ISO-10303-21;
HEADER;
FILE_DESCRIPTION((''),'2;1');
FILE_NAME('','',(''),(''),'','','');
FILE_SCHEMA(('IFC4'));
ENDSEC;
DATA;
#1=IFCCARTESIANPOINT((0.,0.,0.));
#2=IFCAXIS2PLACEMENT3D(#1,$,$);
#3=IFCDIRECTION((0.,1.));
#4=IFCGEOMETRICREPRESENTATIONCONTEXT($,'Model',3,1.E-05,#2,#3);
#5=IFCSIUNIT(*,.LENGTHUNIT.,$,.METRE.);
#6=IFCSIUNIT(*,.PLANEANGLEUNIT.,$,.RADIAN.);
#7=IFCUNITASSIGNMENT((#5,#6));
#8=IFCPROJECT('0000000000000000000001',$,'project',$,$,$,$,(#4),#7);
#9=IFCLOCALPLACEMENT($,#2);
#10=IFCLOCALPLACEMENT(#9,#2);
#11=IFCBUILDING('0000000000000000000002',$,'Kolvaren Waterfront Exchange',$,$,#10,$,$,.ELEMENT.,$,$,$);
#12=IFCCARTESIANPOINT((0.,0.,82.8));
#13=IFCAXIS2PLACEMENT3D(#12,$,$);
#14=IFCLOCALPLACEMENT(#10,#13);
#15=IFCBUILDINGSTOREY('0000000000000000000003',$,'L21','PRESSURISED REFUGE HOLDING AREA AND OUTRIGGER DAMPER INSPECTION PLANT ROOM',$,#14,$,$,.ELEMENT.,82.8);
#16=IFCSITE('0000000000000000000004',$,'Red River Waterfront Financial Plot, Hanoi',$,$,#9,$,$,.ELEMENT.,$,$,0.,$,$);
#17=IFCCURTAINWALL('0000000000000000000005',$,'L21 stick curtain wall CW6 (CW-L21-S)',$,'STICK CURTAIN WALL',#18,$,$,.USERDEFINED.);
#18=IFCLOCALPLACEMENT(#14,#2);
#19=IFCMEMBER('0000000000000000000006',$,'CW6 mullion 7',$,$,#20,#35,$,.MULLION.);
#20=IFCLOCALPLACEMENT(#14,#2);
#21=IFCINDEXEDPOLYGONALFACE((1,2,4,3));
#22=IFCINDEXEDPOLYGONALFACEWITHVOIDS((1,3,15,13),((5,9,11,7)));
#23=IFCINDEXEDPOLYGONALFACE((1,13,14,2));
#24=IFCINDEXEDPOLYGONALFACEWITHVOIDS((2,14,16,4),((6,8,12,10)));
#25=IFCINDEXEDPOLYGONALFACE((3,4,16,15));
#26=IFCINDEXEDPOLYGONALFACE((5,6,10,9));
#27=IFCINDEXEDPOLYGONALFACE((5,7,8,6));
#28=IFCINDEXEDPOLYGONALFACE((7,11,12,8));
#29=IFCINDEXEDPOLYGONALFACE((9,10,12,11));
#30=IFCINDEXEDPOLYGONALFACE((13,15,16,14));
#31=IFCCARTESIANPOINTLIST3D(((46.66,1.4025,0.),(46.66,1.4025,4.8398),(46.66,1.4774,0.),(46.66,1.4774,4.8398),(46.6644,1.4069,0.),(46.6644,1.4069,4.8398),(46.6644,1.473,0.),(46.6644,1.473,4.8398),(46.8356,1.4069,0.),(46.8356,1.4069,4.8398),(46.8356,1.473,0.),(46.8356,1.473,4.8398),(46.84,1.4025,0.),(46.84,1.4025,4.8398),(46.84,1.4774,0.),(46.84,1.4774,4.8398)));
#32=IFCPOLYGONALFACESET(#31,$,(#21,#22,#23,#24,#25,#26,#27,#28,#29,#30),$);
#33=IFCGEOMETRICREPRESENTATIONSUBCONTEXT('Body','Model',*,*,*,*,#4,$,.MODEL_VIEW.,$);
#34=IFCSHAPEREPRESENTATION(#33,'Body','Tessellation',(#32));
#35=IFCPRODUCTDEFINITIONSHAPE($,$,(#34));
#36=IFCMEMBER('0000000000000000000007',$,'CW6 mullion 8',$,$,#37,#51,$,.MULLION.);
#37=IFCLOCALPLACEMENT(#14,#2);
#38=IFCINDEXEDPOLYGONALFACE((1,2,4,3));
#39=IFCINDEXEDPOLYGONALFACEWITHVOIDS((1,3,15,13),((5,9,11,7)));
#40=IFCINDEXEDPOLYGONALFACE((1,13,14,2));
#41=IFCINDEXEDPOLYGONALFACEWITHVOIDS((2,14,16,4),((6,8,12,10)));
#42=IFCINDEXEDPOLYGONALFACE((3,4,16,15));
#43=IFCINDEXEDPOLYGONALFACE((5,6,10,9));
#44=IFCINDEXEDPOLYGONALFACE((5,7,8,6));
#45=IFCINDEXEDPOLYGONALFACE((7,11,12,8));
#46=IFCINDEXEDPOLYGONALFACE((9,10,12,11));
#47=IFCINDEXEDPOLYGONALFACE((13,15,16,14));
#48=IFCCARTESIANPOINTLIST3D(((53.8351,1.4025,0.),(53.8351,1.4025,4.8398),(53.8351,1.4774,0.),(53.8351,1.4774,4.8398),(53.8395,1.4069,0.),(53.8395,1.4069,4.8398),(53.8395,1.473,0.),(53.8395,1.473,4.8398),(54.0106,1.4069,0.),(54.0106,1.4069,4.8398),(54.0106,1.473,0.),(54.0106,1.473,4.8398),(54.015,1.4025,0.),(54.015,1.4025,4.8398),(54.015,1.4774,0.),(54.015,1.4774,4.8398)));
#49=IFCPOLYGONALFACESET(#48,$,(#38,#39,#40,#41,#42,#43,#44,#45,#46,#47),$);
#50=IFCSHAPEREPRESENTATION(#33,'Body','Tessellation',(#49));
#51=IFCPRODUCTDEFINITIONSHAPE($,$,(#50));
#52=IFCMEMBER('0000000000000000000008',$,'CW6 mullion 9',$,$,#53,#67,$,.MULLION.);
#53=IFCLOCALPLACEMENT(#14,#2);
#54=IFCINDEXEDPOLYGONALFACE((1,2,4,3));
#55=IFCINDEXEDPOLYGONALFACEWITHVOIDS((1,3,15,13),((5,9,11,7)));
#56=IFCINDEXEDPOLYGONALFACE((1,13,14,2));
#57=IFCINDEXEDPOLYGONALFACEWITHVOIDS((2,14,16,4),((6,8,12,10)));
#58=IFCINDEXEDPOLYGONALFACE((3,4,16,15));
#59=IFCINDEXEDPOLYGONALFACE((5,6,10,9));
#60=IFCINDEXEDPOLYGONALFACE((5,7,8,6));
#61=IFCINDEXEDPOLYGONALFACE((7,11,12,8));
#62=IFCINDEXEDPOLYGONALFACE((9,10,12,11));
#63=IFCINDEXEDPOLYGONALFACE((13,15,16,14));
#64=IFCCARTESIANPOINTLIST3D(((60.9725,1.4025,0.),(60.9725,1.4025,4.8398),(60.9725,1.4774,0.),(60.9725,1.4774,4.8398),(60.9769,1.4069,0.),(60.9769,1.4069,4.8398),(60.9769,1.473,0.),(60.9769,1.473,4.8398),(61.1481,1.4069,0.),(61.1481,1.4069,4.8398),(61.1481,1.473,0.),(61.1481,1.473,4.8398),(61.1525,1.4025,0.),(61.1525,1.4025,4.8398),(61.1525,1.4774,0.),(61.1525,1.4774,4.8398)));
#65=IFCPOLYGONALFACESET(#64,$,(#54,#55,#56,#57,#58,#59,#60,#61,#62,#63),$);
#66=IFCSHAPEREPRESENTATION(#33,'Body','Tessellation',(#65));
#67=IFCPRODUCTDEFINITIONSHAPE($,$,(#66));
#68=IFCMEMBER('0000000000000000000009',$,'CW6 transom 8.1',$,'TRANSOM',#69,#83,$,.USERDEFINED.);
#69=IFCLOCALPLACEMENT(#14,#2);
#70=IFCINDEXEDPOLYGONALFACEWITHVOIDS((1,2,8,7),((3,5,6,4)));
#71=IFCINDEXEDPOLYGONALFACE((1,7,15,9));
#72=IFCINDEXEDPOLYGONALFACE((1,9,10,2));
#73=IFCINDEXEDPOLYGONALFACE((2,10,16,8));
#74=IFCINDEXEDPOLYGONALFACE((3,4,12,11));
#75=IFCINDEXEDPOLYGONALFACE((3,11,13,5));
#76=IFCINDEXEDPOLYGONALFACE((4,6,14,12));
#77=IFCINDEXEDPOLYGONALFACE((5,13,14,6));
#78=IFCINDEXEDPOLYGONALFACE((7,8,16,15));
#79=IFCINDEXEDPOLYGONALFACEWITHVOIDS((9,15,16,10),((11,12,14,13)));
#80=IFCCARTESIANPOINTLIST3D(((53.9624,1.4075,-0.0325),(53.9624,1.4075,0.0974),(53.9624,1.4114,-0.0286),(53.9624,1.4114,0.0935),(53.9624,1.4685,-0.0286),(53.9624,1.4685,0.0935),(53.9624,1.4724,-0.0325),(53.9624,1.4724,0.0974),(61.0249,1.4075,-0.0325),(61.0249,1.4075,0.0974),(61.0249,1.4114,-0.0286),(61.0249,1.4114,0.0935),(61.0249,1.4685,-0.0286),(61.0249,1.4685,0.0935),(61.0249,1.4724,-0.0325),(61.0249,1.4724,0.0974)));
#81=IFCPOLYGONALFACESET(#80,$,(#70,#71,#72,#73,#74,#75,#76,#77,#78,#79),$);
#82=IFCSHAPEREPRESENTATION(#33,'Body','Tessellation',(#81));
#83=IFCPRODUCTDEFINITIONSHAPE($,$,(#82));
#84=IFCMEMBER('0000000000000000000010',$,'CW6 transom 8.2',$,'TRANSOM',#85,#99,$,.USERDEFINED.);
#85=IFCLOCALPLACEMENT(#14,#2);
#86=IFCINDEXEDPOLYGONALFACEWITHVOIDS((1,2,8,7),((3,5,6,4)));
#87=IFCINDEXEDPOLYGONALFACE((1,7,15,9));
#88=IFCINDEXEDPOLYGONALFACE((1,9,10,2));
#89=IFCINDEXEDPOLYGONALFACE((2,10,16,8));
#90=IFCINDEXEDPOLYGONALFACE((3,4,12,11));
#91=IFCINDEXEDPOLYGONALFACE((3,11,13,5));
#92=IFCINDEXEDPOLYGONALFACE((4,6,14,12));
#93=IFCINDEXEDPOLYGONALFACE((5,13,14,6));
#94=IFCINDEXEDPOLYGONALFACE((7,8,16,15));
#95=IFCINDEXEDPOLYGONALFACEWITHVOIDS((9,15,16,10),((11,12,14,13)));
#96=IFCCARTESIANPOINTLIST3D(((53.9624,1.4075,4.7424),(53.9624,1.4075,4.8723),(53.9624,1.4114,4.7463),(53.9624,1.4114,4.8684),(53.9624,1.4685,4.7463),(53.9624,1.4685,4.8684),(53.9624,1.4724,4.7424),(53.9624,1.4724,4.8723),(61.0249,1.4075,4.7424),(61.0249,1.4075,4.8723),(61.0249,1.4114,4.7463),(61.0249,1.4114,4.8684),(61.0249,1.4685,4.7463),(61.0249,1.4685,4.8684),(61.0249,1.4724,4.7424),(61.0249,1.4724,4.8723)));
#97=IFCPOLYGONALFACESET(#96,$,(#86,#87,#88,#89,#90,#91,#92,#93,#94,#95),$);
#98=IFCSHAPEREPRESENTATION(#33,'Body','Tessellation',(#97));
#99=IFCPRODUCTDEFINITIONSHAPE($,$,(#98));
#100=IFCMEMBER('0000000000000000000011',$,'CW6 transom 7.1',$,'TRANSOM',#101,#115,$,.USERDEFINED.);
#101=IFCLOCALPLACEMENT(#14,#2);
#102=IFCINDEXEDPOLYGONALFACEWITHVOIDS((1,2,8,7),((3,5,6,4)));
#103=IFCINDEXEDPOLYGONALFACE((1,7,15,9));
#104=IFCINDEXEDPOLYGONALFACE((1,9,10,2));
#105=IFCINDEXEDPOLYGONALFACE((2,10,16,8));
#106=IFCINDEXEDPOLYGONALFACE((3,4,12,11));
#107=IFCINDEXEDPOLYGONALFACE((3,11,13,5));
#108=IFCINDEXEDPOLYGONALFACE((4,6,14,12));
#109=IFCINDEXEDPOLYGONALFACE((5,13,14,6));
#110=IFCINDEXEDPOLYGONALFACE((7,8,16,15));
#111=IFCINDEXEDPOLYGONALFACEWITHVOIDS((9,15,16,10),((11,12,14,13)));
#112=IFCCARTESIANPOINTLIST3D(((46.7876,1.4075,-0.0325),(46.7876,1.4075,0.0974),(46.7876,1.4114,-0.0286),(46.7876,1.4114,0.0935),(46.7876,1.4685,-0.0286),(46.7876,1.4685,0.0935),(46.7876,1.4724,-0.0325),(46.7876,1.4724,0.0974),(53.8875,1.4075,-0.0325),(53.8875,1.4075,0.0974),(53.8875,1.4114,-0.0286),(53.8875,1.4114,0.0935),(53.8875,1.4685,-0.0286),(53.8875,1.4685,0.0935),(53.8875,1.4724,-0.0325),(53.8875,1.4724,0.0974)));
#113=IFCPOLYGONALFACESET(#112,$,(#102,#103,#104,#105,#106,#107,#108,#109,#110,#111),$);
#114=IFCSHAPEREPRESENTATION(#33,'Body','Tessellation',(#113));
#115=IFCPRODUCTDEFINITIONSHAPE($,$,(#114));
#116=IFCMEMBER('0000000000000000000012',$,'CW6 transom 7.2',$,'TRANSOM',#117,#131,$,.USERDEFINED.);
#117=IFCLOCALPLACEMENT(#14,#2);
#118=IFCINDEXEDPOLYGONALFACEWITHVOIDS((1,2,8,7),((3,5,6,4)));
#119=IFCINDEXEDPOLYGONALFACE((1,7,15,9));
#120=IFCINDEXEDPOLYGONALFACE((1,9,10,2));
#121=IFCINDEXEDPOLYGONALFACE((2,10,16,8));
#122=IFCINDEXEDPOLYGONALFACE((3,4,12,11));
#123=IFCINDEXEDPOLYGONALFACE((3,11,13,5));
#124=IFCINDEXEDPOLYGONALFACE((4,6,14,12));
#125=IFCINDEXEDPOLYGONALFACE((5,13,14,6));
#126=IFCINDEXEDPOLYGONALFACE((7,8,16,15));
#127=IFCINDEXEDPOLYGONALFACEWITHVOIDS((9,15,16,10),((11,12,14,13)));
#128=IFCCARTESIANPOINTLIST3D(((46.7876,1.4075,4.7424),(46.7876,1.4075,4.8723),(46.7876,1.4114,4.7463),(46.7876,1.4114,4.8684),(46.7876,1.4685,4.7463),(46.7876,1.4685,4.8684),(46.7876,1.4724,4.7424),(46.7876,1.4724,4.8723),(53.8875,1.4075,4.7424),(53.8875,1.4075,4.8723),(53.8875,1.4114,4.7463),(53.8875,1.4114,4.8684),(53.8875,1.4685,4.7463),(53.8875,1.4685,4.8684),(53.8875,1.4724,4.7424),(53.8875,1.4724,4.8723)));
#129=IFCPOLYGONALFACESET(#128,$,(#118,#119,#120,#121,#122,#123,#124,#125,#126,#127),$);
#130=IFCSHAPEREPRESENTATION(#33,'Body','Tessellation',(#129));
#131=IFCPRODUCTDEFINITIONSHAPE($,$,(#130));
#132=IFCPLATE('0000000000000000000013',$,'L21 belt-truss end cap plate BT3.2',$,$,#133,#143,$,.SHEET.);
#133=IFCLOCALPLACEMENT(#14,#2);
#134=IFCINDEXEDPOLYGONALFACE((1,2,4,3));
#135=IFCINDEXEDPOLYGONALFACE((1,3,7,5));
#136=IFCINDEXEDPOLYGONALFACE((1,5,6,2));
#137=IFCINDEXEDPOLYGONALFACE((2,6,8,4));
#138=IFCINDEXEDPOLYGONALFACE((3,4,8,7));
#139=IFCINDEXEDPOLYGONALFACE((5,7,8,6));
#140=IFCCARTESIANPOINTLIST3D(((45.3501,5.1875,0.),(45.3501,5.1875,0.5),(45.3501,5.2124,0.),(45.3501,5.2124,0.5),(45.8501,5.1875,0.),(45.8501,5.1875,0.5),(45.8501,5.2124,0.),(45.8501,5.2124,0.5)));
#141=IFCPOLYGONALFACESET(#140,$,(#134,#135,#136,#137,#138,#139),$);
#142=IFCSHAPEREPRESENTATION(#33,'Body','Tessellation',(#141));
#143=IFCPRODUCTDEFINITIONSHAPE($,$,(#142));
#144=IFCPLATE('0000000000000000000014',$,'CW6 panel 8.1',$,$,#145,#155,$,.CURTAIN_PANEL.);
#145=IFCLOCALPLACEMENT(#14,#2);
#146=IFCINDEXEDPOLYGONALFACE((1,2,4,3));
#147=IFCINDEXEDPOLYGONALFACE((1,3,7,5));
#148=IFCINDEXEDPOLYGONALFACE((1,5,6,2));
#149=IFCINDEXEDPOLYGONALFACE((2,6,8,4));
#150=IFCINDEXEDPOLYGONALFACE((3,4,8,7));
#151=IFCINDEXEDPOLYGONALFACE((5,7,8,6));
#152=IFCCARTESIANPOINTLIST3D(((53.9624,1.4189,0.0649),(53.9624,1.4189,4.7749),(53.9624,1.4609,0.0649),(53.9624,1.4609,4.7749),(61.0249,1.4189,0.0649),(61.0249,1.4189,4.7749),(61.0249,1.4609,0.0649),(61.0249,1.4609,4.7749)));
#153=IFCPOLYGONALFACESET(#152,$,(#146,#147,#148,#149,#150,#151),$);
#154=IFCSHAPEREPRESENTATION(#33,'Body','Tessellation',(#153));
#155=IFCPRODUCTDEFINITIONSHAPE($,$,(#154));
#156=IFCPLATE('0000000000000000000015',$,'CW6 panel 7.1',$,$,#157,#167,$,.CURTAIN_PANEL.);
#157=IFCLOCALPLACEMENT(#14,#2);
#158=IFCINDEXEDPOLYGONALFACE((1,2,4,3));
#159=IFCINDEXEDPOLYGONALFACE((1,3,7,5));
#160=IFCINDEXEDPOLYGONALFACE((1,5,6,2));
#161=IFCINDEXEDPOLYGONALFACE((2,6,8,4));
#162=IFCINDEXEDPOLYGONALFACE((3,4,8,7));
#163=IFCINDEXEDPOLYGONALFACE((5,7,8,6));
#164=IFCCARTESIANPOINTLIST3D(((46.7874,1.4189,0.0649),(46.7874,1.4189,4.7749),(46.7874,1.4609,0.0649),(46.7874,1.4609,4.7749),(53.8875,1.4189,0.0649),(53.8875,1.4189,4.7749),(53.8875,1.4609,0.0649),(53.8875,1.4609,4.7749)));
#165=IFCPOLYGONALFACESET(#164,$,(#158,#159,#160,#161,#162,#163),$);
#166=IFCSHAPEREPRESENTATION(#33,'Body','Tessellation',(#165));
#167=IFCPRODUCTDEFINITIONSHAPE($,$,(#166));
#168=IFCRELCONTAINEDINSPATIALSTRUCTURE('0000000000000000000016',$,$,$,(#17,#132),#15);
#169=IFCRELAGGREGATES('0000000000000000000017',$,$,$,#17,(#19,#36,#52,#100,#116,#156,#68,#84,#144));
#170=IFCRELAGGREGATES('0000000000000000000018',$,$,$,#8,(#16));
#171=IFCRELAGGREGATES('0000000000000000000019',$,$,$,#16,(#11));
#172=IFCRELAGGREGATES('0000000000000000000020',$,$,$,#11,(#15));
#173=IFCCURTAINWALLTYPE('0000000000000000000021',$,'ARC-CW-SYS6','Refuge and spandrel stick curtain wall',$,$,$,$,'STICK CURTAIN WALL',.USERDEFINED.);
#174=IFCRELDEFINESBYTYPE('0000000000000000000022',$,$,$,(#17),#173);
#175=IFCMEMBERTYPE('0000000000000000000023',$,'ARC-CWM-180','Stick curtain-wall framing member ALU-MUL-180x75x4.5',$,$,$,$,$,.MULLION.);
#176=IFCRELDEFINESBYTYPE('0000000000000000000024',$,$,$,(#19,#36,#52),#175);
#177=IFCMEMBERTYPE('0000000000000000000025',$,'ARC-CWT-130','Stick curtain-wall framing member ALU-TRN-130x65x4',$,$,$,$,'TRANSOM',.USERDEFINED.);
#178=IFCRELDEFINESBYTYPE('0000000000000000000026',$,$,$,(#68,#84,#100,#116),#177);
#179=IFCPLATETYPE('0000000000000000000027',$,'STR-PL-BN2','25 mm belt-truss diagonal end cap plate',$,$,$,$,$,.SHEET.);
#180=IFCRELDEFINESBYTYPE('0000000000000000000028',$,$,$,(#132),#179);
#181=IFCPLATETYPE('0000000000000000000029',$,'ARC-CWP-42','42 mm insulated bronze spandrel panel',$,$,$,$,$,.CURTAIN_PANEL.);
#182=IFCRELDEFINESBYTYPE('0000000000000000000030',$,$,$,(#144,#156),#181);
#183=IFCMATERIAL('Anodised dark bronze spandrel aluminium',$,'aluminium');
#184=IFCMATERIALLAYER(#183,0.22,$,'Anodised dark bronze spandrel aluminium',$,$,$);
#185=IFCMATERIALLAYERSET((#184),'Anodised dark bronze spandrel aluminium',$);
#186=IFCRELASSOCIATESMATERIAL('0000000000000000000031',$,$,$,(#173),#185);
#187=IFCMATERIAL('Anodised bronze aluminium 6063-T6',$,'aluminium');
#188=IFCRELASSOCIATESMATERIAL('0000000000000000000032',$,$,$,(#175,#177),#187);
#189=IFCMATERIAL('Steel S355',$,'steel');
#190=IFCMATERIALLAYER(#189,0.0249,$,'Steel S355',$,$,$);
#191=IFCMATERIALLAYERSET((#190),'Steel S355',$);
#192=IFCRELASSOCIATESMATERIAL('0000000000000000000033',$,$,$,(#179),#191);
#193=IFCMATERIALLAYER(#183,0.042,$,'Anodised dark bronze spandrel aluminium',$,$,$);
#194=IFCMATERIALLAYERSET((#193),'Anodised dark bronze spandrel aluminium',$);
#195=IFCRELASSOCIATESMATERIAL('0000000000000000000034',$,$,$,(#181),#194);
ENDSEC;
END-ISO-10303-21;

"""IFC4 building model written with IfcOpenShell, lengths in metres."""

from ifc_helpers import new_model, si_unit, direction, frame, origin, origin_with_axes, origin_2d, place, context, subcontext, project, spatial, rectangle, hollow_rectangle, extrude, source, transform, mapped, material, layer, layer_set, material_profile, profile_set, type_object, element, aggregate, save


model = new_model("IFC4")

# Units and contexts
model_context = context("Model", 3, precision=1e-05, world=origin(), true_north=direction((0.0, 1.0)))
body_context = subcontext(model_context, "Body", "Model", "MODEL_VIEW")
ifc_project = project(units=[si_unit("LENGTHUNIT", "METRE"), si_unit("PLANEANGLEUNIT", "RADIAN")], contexts=[model_context])

# Site, building, storey
site_placement = place(None, origin())
site = spatial("IfcSite", under=ifc_project, at=site_placement, Name="Red River Waterfront Financial Plot, Hanoi", CompositionType="ELEMENT", RefElevation=0.0)
building_placement = place(site_placement, origin())
building = spatial("IfcBuilding", under=site, at=building_placement, Name="Kolvaren Waterfront Exchange", CompositionType="ELEMENT")
storey_placement = place(building_placement, frame((0.0, 0.0, 82.8)))
storey = spatial("IfcBuildingStorey", under=building, at=storey_placement, Name="L21", Description="PRESSURISED REFUGE HOLDING AREA AND OUTRIGGER DAMPER INSPECTION PLANT ROOM", CompositionType="ELEMENT", Elevation=82.8)

# Shared definitions
ifc_material_1 = material(Name="Steel S355", Category="steel")

# Curtain wall, members
ifc_material_2 = material(Name="Anodised dark bronze spandrel aluminium", Category="aluminium")
ifc_layer_1 = layer(ifc_material_2, 0.22, Name="Anodised dark bronze spandrel aluminium")
ifc_layer_set_1 = layer_set([ifc_layer_1], Name="Anodised dark bronze spandrel aluminium")
curtain_wall_type = type_object("IfcCurtainWallType", Name="ARC-CW-SYS6", Description="Refuge and spandrel stick curtain wall", ElementType="STICK CURTAIN WALL", PredefinedType="USERDEFINED", material=ifc_layer_set_1)
curtain_wall_placement = place(storey_placement, origin())
curtain_wall = element("IfcCurtainWall", 1, at=curtain_wall_placement, inside=storey, type_object=curtain_wall_type, Name="L21 stick curtain wall CW6 (CW-L21-S)", ObjectType="STICK CURTAIN WALL", PredefinedType="USERDEFINED")
ifc_material_3 = material(Name="Anodised bronze aluminium 6063-T6", Category="aluminium")
ifc_material_profile_1 = material_profile(ifc_material_3, hollow_rectangle(XDim=0.075, YDim=0.1799, WallThickness=0.0044, at=origin_2d()), Name="ALU-MUL-180x75x4.5")
ifc_profile_set_1 = profile_set([ifc_material_profile_1], Name="Anodised bronze aluminium 6063-T6")
member_type_1 = type_object("IfcMemberType", Name="ARC-CWM-180", Description="Stick curtain-wall framing member ALU-MUL-180x75x4.5", PredefinedType="MULLION", material=ifc_profile_set_1)
shared_shape_1 = source(origin_with_axes(), body_context, "Body", "SweptSolid", [
    extrude(hollow_rectangle(XDim=0.075, YDim=0.1799, WallThickness=0.0044, at=origin_2d()), origin(), (0.0, 0.0, 1.0), 4.8398),
])
member_1_placement = place(storey_placement, frame((46.75, 1.4399, 0.0), z_axis=(0.0, 0.0, 1.0), x_axis=(0.0, 1.0, 0.0)))
member_1 = element("IfcMember", 2, at=member_1_placement, type_object=member_type_1, Name="CW6 mullion 7", PredefinedType="MULLION", context=body_context, shape_type="MappedRepresentation", body=[
    mapped(shared_shape_1, transform((0.0, 0.0, 0.0), x_axis=(1.0, 0.0, 0.0), y_axis=(0.0, 1.0, 0.0), z_axis=(0.0, 0.0, 1.0), scale=1.0)),
])
member_2_placement = place(storey_placement, frame((53.925, 1.4399, 0.0), z_axis=(0.0, 0.0, 1.0), x_axis=(0.0, 1.0, 0.0)))
member_2 = element("IfcMember", 3, at=member_2_placement, type_object=member_type_1, Name="CW6 mullion 8", PredefinedType="MULLION", context=body_context, shape_type="MappedRepresentation", body=[
    mapped(shared_shape_1, transform((0.0, 0.0, 0.0), x_axis=(1.0, 0.0, 0.0), y_axis=(0.0, 1.0, 0.0), z_axis=(0.0, 0.0, 1.0), scale=1.0)),
])
member_3_placement = place(storey_placement, frame((61.0625, 1.4399, 0.0), z_axis=(0.0, 0.0, 1.0), x_axis=(0.0, 1.0, 0.0)))
member_3 = element("IfcMember", 4, at=member_3_placement, type_object=member_type_1, Name="CW6 mullion 9", PredefinedType="MULLION", context=body_context, shape_type="MappedRepresentation", body=[
    mapped(shared_shape_1, transform((0.0, 0.0, 0.0), x_axis=(1.0, 0.0, 0.0), y_axis=(0.0, 1.0, 0.0), z_axis=(0.0, 0.0, 1.0), scale=1.0)),
])
ifc_material_profile_2 = material_profile(ifc_material_3, hollow_rectangle(XDim=0.0649, YDim=0.1299, WallThickness=0.0039, at=origin_2d()), Name="ALU-TRN-130x65x4")
ifc_profile_set_2 = profile_set([ifc_material_profile_2], Name="Anodised bronze aluminium 6063-T6")
member_type_2 = type_object("IfcMemberType", Name="ARC-CWT-130", Description="Stick curtain-wall framing member ALU-TRN-130x65x4", ElementType="TRANSOM", PredefinedType="USERDEFINED", material=ifc_profile_set_2)
shared_shape_2 = source(origin_with_axes(), body_context, "Body", "SweptSolid", [
    extrude(hollow_rectangle(XDim=0.0649, YDim=0.1299, WallThickness=0.0039, at=origin_2d()), origin(), (0.0, 0.0, 1.0), 7.0625),
])
member_4_placement = place(storey_placement, frame((53.9624, 1.4399, 0.0325), z_axis=(1.0, 0.0, 0.0), x_axis=(0.0, 1.0, 0.0)))
member_4 = element("IfcMember", 5, at=member_4_placement, type_object=member_type_2, Name="CW6 transom 8.1", ObjectType="TRANSOM", PredefinedType="USERDEFINED", context=body_context, shape_type="MappedRepresentation", body=[
    mapped(shared_shape_2, transform((0.0, 0.0, 0.0), x_axis=(1.0, 0.0, 0.0), y_axis=(0.0, 1.0, 0.0), z_axis=(0.0, 0.0, 1.0), scale=1.0)),
])
member_5_placement = place(storey_placement, frame((53.9624, 1.4399, 4.8074), z_axis=(1.0, 0.0, 0.0), x_axis=(0.0, 1.0, 0.0)))
member_5 = element("IfcMember", 6, at=member_5_placement, type_object=member_type_2, Name="CW6 transom 8.2", ObjectType="TRANSOM", PredefinedType="USERDEFINED", context=body_context, shape_type="MappedRepresentation", body=[
    mapped(shared_shape_2, transform((0.0, 0.0, 0.0), x_axis=(1.0, 0.0, 0.0), y_axis=(0.0, 1.0, 0.0), z_axis=(0.0, 0.0, 1.0), scale=1.0)),
])
shared_shape_3 = source(origin_with_axes(), body_context, "Body", "SweptSolid", [
    extrude(hollow_rectangle(XDim=0.0649, YDim=0.1299, WallThickness=0.0039, at=origin_2d()), origin(), (0.0, 0.0, 1.0), 7.0999),
])
member_6_placement = place(storey_placement, frame((46.7876, 1.4399, 0.0325), z_axis=(1.0, 0.0, 0.0), x_axis=(0.0, 1.0, 0.0)))
member_6 = element("IfcMember", 7, at=member_6_placement, type_object=member_type_2, Name="CW6 transom 7.1", ObjectType="TRANSOM", PredefinedType="USERDEFINED", context=body_context, shape_type="MappedRepresentation", body=[
    mapped(shared_shape_3, transform((0.0, 0.0, 0.0), x_axis=(1.0, 0.0, 0.0), y_axis=(0.0, 1.0, 0.0), z_axis=(0.0, 0.0, 1.0), scale=1.0)),
])
member_7_placement = place(storey_placement, frame((46.7876, 1.4399, 4.8074), z_axis=(1.0, 0.0, 0.0), x_axis=(0.0, 1.0, 0.0)))
member_7 = element("IfcMember", 8, at=member_7_placement, type_object=member_type_2, Name="CW6 transom 7.2", ObjectType="TRANSOM", PredefinedType="USERDEFINED", context=body_context, shape_type="MappedRepresentation", body=[
    mapped(shared_shape_3, transform((0.0, 0.0, 0.0), x_axis=(1.0, 0.0, 0.0), y_axis=(0.0, 1.0, 0.0), z_axis=(0.0, 0.0, 1.0), scale=1.0)),
])

# Plates
ifc_layer_2 = layer(ifc_material_1, 0.0249, Name="Steel S355")
ifc_layer_set_2 = layer_set([ifc_layer_2], Name="Steel S355")
plate_type_1 = type_object("IfcPlateType", Name="STR-PL-BN2", Description="25 mm belt-truss diagonal end cap plate", PredefinedType="SHEET", material=ifc_layer_set_2)
shared_shape_4 = source(origin_with_axes(), body_context, "Body", "SweptSolid", [
    extrude(rectangle(XDim=0.5, YDim=0.0249, at=origin_2d()), origin(), (0.0, 0.0, 1.0), 0.5),
])
plate_1_placement = place(storey_placement, frame((45.6001, 5.2, 0.0), z_axis=(0.0, 0.0, 1.0), x_axis=(1.0, 0.0, 0.0)))
element("IfcPlate", 9, at=plate_1_placement, inside=storey, type_object=plate_type_1, Name="L21 belt-truss end cap plate BT3.2", PredefinedType="SHEET", context=body_context, shape_type="MappedRepresentation", body=[
    mapped(shared_shape_4, transform((0.0, 0.0, 0.0), x_axis=(1.0, 0.0, 0.0), y_axis=(0.0, 1.0, 0.0), z_axis=(0.0, 0.0, 1.0), scale=1.0)),
])
ifc_layer_3 = layer(ifc_material_2, 0.042, Name="Anodised dark bronze spandrel aluminium")
ifc_layer_set_3 = layer_set([ifc_layer_3], Name="Anodised dark bronze spandrel aluminium")
plate_type_2 = type_object("IfcPlateType", Name="ARC-CWP-42", Description="42 mm insulated bronze spandrel panel", PredefinedType="CURTAIN_PANEL", material=ifc_layer_set_3)
shared_shape_5 = source(origin_with_axes(), body_context, "Body", "SweptSolid", [
    extrude(rectangle(XDim=7.0625, YDim=0.042, at=origin_2d()), origin(), (0.0, 0.0, 1.0), 4.71),
])
plate_2_placement = place(storey_placement, frame((57.4937, 1.4399, 0.0649), z_axis=(0.0, 0.0, 1.0), x_axis=(1.0, 0.0, 0.0)))
plate_2 = element("IfcPlate", 10, at=plate_2_placement, type_object=plate_type_2, Name="CW6 panel 8.1", PredefinedType="CURTAIN_PANEL", context=body_context, shape_type="MappedRepresentation", body=[
    mapped(shared_shape_5, transform((0.0, 0.0, 0.0), x_axis=(1.0, 0.0, 0.0), y_axis=(0.0, 1.0, 0.0), z_axis=(0.0, 0.0, 1.0), scale=1.0)),
])
shared_shape_6 = source(origin_with_axes(), body_context, "Body", "SweptSolid", [
    extrude(rectangle(XDim=7.1001, YDim=0.042, at=origin_2d()), origin(), (0.0, 0.0, 1.0), 4.71),
])
plate_3_placement = place(storey_placement, frame((50.3374, 1.4399, 0.0649), z_axis=(0.0, 0.0, 1.0), x_axis=(1.0, 0.0, 0.0)))
plate_3 = element("IfcPlate", 11, at=plate_3_placement, type_object=plate_type_2, Name="CW6 panel 7.1", PredefinedType="CURTAIN_PANEL", context=body_context, shape_type="MappedRepresentation", body=[
    mapped(shared_shape_6, transform((0.0, 0.0, 0.0), x_axis=(1.0, 0.0, 0.0), y_axis=(0.0, 1.0, 0.0), z_axis=(0.0, 0.0, 1.0), scale=1.0)),
])
aggregate(curtain_wall, [member_1, member_2, member_3, member_6, member_7, plate_3, member_4, member_5, plate_2])

save(model, "model.ifc")
